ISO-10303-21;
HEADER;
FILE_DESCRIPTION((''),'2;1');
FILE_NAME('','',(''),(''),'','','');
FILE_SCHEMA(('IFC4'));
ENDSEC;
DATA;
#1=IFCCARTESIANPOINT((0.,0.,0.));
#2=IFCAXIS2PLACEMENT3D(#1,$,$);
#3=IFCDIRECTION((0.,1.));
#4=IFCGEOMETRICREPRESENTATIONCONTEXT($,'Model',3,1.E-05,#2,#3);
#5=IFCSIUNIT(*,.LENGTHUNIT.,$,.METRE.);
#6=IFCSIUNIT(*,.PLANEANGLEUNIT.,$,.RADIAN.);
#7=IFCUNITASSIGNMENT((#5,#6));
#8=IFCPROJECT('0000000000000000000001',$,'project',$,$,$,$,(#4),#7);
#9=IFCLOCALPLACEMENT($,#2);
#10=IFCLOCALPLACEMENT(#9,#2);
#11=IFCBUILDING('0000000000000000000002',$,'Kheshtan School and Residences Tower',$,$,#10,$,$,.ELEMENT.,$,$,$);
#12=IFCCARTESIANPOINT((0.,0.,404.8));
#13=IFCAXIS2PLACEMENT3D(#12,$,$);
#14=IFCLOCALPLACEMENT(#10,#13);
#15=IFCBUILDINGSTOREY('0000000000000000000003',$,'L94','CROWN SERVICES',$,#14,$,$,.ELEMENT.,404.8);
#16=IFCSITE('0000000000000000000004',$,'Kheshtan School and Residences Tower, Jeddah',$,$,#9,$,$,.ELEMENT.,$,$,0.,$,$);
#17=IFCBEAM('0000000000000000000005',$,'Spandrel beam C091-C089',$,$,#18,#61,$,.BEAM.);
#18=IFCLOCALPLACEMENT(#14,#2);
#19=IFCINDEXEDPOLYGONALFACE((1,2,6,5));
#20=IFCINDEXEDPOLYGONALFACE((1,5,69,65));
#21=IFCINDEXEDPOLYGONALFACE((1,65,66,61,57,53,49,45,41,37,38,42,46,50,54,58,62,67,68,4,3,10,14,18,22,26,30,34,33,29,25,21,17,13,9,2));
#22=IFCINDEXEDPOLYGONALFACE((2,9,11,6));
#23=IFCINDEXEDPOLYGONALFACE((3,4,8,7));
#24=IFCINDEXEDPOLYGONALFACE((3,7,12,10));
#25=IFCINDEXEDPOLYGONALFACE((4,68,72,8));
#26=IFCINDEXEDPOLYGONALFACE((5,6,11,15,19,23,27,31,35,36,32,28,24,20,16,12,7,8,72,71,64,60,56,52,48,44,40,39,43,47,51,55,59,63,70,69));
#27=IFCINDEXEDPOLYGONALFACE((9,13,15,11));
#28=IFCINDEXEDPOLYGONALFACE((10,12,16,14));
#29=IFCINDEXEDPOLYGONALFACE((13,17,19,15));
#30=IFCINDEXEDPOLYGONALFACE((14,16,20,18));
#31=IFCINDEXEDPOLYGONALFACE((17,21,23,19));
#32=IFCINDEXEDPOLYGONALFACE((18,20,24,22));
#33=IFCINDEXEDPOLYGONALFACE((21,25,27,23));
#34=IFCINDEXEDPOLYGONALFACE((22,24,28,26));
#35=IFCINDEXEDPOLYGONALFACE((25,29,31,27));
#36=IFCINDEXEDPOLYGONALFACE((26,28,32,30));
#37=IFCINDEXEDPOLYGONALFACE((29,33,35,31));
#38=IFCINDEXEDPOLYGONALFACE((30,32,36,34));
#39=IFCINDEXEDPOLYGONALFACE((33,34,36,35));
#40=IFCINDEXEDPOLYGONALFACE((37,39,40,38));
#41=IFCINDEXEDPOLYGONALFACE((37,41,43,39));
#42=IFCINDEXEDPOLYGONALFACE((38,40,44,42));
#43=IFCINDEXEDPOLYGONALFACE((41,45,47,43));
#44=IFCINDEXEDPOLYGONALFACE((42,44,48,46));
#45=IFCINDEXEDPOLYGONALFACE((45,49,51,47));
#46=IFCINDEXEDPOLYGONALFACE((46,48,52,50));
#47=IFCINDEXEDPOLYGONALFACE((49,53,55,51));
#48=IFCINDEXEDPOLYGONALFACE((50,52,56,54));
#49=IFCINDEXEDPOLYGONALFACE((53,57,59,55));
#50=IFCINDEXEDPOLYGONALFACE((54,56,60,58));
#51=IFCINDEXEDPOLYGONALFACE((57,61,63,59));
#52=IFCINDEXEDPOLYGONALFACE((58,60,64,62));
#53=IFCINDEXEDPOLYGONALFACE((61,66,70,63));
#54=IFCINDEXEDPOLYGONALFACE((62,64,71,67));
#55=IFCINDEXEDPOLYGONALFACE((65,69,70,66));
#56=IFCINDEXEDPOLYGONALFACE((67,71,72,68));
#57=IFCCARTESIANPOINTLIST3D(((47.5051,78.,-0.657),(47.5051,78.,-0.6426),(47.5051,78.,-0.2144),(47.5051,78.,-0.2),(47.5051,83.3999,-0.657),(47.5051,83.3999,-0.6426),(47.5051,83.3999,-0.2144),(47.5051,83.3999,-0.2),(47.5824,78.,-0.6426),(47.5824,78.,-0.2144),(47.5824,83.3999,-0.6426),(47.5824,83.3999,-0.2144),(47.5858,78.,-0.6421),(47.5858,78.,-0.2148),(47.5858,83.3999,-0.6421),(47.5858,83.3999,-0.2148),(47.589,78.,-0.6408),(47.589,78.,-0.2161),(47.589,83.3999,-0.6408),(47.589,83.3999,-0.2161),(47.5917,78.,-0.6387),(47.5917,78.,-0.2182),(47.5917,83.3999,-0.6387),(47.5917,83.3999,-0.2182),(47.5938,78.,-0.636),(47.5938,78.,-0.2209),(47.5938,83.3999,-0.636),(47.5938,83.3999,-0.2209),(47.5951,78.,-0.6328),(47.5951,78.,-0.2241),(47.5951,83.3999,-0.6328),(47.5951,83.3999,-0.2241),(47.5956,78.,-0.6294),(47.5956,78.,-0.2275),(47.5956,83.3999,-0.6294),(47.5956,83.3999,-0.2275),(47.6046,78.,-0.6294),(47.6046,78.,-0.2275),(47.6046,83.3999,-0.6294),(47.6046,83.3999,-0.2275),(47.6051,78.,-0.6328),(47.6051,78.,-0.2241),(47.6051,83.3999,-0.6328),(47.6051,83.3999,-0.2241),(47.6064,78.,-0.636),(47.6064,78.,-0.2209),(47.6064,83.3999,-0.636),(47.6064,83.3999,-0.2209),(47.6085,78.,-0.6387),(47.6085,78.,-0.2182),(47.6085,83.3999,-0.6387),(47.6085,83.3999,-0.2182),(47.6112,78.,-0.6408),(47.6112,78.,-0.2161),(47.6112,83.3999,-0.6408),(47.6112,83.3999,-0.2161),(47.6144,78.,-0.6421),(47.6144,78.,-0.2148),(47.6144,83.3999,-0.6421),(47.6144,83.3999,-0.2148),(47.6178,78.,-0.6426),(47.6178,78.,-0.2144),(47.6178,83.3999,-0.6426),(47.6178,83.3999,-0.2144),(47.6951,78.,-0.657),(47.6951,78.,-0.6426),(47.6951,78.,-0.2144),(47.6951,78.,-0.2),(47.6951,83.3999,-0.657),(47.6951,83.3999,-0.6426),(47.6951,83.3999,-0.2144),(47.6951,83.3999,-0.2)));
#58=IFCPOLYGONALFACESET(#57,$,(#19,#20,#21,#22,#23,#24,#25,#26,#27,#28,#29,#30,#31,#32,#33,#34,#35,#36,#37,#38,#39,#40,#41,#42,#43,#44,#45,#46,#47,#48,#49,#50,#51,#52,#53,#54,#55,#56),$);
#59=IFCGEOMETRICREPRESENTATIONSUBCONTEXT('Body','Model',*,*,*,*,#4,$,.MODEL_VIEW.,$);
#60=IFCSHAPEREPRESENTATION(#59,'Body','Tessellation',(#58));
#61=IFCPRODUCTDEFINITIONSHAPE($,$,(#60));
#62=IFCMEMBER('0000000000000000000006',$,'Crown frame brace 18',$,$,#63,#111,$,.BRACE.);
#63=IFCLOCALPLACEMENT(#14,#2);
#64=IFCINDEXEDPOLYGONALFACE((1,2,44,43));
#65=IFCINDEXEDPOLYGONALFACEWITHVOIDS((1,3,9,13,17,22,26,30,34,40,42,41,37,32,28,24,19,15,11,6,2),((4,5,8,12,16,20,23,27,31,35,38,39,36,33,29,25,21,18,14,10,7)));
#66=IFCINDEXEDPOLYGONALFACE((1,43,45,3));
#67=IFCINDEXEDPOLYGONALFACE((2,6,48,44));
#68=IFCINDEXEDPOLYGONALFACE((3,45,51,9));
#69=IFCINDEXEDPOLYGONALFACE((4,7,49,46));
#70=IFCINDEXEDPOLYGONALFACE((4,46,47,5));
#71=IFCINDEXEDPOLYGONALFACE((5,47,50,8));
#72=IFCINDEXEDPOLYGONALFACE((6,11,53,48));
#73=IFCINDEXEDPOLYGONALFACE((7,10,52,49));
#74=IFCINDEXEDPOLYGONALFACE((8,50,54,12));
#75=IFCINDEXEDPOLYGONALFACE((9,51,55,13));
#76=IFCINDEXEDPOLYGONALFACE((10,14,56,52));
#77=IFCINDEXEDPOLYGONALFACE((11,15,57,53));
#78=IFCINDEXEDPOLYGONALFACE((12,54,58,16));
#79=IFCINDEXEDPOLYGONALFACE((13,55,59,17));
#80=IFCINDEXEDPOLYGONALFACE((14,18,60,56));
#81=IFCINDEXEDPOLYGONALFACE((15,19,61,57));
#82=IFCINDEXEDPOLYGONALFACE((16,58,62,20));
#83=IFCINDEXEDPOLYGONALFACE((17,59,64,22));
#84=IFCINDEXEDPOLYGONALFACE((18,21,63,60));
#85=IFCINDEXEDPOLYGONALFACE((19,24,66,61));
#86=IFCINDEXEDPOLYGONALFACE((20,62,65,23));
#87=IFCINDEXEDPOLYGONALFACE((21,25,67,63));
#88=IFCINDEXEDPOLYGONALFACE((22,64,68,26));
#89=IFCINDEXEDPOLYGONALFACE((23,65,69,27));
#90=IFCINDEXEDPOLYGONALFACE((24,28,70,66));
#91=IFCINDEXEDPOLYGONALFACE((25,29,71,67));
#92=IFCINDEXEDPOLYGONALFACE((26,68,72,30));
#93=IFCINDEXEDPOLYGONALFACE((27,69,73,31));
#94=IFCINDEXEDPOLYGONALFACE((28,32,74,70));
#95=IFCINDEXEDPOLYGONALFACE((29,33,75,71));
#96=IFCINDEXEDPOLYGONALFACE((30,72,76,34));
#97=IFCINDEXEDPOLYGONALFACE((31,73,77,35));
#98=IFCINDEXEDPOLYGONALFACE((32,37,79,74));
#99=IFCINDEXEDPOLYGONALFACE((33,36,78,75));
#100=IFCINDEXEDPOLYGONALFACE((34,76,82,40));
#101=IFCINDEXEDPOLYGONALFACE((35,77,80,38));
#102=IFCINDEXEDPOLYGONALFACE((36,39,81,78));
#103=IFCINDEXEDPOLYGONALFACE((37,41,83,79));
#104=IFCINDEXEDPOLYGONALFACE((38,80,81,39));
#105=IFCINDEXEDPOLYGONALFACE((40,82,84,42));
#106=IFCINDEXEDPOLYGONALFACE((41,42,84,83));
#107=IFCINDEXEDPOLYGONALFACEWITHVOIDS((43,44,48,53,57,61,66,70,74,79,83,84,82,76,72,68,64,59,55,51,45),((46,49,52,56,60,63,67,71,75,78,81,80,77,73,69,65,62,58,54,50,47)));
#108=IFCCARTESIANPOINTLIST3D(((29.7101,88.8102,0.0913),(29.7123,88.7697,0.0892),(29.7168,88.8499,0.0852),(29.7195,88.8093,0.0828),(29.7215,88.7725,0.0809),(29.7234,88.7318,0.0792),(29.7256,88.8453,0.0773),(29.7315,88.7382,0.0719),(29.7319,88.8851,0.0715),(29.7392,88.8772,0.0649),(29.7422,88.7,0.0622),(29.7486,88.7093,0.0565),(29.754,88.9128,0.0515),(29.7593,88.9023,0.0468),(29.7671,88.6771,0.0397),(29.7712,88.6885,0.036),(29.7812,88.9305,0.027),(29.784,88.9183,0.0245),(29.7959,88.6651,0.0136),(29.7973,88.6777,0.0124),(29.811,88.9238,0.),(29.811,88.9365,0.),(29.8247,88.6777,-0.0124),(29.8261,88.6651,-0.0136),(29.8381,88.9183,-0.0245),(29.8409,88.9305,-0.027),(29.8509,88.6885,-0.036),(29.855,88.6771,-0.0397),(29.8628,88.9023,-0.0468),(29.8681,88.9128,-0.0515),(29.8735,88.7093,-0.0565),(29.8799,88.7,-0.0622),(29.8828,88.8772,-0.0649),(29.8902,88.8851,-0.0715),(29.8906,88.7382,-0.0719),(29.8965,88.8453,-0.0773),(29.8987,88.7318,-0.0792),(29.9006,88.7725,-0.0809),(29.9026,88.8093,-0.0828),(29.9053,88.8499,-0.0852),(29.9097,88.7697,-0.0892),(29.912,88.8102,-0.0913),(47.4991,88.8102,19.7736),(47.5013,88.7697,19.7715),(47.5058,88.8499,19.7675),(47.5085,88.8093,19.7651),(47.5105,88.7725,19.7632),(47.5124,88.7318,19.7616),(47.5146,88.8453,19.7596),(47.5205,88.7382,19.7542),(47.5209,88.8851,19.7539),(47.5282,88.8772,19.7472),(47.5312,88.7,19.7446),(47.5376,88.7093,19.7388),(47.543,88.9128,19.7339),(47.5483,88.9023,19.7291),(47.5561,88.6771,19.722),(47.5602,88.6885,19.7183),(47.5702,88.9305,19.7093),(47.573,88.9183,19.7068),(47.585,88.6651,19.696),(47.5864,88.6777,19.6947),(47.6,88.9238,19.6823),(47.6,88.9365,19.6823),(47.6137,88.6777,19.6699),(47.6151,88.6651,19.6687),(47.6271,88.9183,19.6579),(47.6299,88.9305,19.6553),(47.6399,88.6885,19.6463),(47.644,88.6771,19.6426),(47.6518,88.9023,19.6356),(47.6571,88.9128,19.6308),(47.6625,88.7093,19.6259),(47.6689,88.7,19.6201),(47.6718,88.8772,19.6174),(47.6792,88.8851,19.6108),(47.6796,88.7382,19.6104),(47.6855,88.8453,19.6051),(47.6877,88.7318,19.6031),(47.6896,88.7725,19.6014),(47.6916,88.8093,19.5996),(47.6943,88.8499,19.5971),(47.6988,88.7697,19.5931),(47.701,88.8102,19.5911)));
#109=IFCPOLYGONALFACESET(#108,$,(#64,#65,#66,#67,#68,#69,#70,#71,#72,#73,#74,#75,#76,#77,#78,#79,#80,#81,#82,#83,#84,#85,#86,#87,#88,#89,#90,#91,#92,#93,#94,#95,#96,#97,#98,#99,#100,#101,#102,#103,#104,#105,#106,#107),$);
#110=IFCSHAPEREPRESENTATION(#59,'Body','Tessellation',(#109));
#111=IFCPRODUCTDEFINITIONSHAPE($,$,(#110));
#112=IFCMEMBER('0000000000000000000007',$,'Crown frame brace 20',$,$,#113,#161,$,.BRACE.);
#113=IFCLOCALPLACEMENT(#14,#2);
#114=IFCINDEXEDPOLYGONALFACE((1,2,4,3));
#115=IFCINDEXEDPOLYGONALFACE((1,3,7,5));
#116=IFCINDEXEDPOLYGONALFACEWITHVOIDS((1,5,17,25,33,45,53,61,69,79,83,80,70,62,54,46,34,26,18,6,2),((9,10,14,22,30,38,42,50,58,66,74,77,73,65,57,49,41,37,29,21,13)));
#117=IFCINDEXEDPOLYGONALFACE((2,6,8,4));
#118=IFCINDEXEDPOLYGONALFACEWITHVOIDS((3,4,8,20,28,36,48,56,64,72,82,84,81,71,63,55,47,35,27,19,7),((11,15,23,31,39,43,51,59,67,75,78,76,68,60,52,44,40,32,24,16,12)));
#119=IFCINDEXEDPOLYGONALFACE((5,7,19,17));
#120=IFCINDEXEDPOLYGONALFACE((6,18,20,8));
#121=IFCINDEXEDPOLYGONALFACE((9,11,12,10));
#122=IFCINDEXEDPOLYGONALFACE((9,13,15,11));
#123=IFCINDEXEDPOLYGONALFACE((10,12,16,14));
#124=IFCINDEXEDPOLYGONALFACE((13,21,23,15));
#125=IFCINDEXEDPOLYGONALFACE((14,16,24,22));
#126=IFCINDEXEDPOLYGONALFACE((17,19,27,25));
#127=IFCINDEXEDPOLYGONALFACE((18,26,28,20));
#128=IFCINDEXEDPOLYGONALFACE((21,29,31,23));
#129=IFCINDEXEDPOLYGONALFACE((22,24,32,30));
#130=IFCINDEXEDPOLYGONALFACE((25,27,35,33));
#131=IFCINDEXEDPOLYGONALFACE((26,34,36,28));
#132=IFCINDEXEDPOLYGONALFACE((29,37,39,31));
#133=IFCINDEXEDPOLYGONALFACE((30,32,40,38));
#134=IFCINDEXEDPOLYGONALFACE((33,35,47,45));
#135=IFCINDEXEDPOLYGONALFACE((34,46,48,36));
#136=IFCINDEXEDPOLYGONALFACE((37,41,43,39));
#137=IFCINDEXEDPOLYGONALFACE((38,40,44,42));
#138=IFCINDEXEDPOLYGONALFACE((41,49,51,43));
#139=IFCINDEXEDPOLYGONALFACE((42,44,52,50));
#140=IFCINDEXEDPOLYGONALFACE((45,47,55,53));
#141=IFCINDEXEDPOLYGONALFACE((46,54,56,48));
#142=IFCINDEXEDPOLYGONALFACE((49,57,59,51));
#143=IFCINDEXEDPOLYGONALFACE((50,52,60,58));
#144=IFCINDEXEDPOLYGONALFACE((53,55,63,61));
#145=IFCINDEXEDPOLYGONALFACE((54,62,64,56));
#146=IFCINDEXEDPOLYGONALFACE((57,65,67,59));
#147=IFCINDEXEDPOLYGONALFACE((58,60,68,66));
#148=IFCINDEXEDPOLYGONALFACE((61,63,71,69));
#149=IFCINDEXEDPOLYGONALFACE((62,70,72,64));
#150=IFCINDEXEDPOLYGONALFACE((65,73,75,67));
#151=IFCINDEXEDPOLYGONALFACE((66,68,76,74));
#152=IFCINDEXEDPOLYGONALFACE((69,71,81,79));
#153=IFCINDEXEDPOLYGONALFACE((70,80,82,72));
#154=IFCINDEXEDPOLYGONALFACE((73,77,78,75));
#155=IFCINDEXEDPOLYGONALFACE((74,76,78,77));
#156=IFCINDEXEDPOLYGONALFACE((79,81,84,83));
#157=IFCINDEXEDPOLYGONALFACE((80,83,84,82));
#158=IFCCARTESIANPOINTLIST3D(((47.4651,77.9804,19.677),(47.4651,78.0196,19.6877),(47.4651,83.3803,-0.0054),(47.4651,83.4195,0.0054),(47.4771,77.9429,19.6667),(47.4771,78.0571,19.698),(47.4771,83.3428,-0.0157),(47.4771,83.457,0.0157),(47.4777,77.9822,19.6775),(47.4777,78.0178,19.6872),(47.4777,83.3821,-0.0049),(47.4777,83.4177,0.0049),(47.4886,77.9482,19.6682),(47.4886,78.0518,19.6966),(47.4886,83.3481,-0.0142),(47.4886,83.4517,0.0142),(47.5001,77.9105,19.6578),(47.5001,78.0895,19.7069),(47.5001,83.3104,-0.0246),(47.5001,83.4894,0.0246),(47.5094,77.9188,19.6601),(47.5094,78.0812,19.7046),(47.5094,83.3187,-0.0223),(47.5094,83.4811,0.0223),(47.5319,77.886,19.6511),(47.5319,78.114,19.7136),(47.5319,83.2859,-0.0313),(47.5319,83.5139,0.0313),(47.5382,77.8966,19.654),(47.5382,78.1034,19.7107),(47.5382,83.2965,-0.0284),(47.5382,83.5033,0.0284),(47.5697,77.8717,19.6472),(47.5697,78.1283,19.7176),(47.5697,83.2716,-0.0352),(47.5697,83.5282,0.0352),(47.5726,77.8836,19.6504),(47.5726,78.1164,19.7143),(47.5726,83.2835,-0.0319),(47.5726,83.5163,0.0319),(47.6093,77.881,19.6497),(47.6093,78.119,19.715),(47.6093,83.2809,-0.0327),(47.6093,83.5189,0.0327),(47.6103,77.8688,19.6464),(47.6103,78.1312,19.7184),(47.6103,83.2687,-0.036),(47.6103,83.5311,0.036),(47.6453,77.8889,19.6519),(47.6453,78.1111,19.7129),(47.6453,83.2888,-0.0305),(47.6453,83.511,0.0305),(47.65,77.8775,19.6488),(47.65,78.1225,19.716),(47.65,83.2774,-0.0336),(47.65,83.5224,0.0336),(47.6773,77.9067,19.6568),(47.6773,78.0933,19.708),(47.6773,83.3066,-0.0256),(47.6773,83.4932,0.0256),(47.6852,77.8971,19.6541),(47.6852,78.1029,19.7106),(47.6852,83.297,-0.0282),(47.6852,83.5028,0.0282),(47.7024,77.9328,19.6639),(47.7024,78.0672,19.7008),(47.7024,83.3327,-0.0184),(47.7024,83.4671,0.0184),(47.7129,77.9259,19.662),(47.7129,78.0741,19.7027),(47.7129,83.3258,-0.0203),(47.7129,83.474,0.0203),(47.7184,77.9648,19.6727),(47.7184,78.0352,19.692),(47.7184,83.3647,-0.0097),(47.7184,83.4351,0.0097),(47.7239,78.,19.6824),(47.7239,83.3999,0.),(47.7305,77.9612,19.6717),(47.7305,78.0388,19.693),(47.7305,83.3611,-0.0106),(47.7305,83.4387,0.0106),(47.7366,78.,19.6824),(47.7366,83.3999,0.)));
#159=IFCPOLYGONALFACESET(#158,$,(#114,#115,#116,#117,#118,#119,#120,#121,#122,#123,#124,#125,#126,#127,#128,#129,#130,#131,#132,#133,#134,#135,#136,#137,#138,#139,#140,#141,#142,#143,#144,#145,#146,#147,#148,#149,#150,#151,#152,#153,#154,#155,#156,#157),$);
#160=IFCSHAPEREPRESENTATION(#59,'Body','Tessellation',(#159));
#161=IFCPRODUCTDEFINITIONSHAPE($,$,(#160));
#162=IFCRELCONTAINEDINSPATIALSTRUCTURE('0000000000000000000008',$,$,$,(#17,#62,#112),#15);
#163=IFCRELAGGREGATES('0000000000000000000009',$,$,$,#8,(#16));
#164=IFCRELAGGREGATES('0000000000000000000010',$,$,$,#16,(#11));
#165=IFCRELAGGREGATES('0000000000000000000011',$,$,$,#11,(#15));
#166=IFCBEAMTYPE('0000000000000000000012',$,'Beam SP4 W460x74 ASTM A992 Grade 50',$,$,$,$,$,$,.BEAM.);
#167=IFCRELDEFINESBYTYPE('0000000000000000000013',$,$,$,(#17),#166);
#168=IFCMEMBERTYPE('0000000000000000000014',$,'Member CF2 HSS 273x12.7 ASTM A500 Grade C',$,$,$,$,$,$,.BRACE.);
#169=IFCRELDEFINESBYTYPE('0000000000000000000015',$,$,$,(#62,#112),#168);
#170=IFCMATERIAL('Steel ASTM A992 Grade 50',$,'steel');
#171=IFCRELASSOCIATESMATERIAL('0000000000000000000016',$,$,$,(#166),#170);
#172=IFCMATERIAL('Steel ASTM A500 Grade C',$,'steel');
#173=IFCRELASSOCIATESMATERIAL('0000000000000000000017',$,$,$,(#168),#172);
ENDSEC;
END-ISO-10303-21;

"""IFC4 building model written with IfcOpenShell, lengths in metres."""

from ifc_helpers import new_model, si_unit, direction, frame, origin, origin_2d, place, context, subcontext, project, spatial, hollow_circle, i_section, extrude, material, material_profile, profile_set, type_object, element, save


model = new_model("IFC4")

# Units and contexts
model_context = context("Model", 3, precision=1e-05, world=origin(), true_north=direction((0.0, 1.0)))
body_context = subcontext(model_context, "Body", "Model", "MODEL_VIEW")
ifc_project = project(units=[si_unit("LENGTHUNIT", "METRE"), si_unit("PLANEANGLEUNIT", "RADIAN")], contexts=[model_context])

# Site, building, storey
site_placement = place(None, origin())
site = spatial("IfcSite", under=ifc_project, at=site_placement, Name="Kheshtan School and Residences Tower, Jeddah", CompositionType="ELEMENT", RefElevation=0.0)
building_placement = place(site_placement, origin())
building = spatial("IfcBuilding", under=site, at=building_placement, Name="Kheshtan School and Residences Tower", CompositionType="ELEMENT")
storey_placement = place(building_placement, frame((0.0, 0.0, 404.8)))
storey = spatial("IfcBuildingStorey", under=building, at=storey_placement, Name="L94", Description="CROWN SERVICES", CompositionType="ELEMENT", Elevation=404.8)

# Shared definitions
ifc_material_1 = material(Name="Steel ASTM A500 Grade C", Category="steel")

# Beam
ifc_material_2 = material(Name="Steel ASTM A992 Grade 50", Category="steel")
ifc_material_profile_1 = material_profile(ifc_material_2, i_section(OverallWidth=0.1899, OverallDepth=0.457, WebThickness=0.009, FlangeThickness=0.0144, FilletRadius=0.0132, at=origin_2d()), Name="W460x74")
ifc_profile_set_1 = profile_set([ifc_material_profile_1], Name="Steel ASTM A992 Grade 50")
beam_type_1 = type_object("IfcBeamType", Name="Beam SP4 W460x74 ASTM A992 Grade 50", PredefinedType="BEAM", material=ifc_profile_set_1)
beam_1_placement = place(storey_placement, frame((47.6001, 83.3999, -0.4285), z_axis=(0.0, -1.0, 0.0), x_axis=(1.0, 0.0, 0.0)))
element("IfcBeam", 1, at=beam_1_placement, inside=storey, type_object=beam_type_1, Name="Spandrel beam C091-C089", PredefinedType="BEAM", context=body_context, shape_type="SweptSolid", body=[
    extrude(i_section(OverallWidth=0.1899, OverallDepth=0.457, WebThickness=0.009, FlangeThickness=0.0144, FilletRadius=0.0132, at=origin_2d()), origin(), (0.0, 0.0, 1.0), 5.3999),
])

# Members
ifc_material_profile_2 = material_profile(ifc_material_1, hollow_circle(Radius=0.1365, WallThickness=0.0127, at=origin_2d()), Name="HSS 273x12.7")
ifc_profile_set_2 = profile_set([ifc_material_profile_2], Name="Steel ASTM A500 Grade C")
member_type = type_object("IfcMemberType", Name="Member CF2 HSS 273x12.7 ASTM A500 Grade C", PredefinedType="BRACE", material=ifc_profile_set_2)
member_1_placement = place(storey_placement, frame((29.811, 88.8, 0.0), z_axis=(0.670524, 0.0, 0.741888), x_axis=(0.0, 1.0, 0.0)))
element("IfcMember", 2, at=member_1_placement, inside=storey, type_object=member_type, Name="Crown frame brace 18", PredefinedType="BRACE", context=body_context, shape_type="SweptSolid", body=[
    extrude(hollow_circle(Radius=0.1365, WallThickness=0.0127, at=origin_2d()), origin(), (0.0, 0.0, 1.0), 26.53),
])
member_2_placement = place(storey_placement, frame((47.6001, 83.3999, 0.0), z_axis=(0.0, -0.264576, 0.964365), x_axis=(1.0, 0.0, 0.0)))
element("IfcMember", 3, at=member_2_placement, inside=storey, type_object=member_type, Name="Crown frame brace 20", PredefinedType="BRACE", context=body_context, shape_type="SweptSolid", body=[
    extrude(hollow_circle(Radius=0.1365, WallThickness=0.0127, at=origin_2d()), origin(), (0.0, 0.0, 1.0), 20.4097),
])

save(model, "model.ifc")
